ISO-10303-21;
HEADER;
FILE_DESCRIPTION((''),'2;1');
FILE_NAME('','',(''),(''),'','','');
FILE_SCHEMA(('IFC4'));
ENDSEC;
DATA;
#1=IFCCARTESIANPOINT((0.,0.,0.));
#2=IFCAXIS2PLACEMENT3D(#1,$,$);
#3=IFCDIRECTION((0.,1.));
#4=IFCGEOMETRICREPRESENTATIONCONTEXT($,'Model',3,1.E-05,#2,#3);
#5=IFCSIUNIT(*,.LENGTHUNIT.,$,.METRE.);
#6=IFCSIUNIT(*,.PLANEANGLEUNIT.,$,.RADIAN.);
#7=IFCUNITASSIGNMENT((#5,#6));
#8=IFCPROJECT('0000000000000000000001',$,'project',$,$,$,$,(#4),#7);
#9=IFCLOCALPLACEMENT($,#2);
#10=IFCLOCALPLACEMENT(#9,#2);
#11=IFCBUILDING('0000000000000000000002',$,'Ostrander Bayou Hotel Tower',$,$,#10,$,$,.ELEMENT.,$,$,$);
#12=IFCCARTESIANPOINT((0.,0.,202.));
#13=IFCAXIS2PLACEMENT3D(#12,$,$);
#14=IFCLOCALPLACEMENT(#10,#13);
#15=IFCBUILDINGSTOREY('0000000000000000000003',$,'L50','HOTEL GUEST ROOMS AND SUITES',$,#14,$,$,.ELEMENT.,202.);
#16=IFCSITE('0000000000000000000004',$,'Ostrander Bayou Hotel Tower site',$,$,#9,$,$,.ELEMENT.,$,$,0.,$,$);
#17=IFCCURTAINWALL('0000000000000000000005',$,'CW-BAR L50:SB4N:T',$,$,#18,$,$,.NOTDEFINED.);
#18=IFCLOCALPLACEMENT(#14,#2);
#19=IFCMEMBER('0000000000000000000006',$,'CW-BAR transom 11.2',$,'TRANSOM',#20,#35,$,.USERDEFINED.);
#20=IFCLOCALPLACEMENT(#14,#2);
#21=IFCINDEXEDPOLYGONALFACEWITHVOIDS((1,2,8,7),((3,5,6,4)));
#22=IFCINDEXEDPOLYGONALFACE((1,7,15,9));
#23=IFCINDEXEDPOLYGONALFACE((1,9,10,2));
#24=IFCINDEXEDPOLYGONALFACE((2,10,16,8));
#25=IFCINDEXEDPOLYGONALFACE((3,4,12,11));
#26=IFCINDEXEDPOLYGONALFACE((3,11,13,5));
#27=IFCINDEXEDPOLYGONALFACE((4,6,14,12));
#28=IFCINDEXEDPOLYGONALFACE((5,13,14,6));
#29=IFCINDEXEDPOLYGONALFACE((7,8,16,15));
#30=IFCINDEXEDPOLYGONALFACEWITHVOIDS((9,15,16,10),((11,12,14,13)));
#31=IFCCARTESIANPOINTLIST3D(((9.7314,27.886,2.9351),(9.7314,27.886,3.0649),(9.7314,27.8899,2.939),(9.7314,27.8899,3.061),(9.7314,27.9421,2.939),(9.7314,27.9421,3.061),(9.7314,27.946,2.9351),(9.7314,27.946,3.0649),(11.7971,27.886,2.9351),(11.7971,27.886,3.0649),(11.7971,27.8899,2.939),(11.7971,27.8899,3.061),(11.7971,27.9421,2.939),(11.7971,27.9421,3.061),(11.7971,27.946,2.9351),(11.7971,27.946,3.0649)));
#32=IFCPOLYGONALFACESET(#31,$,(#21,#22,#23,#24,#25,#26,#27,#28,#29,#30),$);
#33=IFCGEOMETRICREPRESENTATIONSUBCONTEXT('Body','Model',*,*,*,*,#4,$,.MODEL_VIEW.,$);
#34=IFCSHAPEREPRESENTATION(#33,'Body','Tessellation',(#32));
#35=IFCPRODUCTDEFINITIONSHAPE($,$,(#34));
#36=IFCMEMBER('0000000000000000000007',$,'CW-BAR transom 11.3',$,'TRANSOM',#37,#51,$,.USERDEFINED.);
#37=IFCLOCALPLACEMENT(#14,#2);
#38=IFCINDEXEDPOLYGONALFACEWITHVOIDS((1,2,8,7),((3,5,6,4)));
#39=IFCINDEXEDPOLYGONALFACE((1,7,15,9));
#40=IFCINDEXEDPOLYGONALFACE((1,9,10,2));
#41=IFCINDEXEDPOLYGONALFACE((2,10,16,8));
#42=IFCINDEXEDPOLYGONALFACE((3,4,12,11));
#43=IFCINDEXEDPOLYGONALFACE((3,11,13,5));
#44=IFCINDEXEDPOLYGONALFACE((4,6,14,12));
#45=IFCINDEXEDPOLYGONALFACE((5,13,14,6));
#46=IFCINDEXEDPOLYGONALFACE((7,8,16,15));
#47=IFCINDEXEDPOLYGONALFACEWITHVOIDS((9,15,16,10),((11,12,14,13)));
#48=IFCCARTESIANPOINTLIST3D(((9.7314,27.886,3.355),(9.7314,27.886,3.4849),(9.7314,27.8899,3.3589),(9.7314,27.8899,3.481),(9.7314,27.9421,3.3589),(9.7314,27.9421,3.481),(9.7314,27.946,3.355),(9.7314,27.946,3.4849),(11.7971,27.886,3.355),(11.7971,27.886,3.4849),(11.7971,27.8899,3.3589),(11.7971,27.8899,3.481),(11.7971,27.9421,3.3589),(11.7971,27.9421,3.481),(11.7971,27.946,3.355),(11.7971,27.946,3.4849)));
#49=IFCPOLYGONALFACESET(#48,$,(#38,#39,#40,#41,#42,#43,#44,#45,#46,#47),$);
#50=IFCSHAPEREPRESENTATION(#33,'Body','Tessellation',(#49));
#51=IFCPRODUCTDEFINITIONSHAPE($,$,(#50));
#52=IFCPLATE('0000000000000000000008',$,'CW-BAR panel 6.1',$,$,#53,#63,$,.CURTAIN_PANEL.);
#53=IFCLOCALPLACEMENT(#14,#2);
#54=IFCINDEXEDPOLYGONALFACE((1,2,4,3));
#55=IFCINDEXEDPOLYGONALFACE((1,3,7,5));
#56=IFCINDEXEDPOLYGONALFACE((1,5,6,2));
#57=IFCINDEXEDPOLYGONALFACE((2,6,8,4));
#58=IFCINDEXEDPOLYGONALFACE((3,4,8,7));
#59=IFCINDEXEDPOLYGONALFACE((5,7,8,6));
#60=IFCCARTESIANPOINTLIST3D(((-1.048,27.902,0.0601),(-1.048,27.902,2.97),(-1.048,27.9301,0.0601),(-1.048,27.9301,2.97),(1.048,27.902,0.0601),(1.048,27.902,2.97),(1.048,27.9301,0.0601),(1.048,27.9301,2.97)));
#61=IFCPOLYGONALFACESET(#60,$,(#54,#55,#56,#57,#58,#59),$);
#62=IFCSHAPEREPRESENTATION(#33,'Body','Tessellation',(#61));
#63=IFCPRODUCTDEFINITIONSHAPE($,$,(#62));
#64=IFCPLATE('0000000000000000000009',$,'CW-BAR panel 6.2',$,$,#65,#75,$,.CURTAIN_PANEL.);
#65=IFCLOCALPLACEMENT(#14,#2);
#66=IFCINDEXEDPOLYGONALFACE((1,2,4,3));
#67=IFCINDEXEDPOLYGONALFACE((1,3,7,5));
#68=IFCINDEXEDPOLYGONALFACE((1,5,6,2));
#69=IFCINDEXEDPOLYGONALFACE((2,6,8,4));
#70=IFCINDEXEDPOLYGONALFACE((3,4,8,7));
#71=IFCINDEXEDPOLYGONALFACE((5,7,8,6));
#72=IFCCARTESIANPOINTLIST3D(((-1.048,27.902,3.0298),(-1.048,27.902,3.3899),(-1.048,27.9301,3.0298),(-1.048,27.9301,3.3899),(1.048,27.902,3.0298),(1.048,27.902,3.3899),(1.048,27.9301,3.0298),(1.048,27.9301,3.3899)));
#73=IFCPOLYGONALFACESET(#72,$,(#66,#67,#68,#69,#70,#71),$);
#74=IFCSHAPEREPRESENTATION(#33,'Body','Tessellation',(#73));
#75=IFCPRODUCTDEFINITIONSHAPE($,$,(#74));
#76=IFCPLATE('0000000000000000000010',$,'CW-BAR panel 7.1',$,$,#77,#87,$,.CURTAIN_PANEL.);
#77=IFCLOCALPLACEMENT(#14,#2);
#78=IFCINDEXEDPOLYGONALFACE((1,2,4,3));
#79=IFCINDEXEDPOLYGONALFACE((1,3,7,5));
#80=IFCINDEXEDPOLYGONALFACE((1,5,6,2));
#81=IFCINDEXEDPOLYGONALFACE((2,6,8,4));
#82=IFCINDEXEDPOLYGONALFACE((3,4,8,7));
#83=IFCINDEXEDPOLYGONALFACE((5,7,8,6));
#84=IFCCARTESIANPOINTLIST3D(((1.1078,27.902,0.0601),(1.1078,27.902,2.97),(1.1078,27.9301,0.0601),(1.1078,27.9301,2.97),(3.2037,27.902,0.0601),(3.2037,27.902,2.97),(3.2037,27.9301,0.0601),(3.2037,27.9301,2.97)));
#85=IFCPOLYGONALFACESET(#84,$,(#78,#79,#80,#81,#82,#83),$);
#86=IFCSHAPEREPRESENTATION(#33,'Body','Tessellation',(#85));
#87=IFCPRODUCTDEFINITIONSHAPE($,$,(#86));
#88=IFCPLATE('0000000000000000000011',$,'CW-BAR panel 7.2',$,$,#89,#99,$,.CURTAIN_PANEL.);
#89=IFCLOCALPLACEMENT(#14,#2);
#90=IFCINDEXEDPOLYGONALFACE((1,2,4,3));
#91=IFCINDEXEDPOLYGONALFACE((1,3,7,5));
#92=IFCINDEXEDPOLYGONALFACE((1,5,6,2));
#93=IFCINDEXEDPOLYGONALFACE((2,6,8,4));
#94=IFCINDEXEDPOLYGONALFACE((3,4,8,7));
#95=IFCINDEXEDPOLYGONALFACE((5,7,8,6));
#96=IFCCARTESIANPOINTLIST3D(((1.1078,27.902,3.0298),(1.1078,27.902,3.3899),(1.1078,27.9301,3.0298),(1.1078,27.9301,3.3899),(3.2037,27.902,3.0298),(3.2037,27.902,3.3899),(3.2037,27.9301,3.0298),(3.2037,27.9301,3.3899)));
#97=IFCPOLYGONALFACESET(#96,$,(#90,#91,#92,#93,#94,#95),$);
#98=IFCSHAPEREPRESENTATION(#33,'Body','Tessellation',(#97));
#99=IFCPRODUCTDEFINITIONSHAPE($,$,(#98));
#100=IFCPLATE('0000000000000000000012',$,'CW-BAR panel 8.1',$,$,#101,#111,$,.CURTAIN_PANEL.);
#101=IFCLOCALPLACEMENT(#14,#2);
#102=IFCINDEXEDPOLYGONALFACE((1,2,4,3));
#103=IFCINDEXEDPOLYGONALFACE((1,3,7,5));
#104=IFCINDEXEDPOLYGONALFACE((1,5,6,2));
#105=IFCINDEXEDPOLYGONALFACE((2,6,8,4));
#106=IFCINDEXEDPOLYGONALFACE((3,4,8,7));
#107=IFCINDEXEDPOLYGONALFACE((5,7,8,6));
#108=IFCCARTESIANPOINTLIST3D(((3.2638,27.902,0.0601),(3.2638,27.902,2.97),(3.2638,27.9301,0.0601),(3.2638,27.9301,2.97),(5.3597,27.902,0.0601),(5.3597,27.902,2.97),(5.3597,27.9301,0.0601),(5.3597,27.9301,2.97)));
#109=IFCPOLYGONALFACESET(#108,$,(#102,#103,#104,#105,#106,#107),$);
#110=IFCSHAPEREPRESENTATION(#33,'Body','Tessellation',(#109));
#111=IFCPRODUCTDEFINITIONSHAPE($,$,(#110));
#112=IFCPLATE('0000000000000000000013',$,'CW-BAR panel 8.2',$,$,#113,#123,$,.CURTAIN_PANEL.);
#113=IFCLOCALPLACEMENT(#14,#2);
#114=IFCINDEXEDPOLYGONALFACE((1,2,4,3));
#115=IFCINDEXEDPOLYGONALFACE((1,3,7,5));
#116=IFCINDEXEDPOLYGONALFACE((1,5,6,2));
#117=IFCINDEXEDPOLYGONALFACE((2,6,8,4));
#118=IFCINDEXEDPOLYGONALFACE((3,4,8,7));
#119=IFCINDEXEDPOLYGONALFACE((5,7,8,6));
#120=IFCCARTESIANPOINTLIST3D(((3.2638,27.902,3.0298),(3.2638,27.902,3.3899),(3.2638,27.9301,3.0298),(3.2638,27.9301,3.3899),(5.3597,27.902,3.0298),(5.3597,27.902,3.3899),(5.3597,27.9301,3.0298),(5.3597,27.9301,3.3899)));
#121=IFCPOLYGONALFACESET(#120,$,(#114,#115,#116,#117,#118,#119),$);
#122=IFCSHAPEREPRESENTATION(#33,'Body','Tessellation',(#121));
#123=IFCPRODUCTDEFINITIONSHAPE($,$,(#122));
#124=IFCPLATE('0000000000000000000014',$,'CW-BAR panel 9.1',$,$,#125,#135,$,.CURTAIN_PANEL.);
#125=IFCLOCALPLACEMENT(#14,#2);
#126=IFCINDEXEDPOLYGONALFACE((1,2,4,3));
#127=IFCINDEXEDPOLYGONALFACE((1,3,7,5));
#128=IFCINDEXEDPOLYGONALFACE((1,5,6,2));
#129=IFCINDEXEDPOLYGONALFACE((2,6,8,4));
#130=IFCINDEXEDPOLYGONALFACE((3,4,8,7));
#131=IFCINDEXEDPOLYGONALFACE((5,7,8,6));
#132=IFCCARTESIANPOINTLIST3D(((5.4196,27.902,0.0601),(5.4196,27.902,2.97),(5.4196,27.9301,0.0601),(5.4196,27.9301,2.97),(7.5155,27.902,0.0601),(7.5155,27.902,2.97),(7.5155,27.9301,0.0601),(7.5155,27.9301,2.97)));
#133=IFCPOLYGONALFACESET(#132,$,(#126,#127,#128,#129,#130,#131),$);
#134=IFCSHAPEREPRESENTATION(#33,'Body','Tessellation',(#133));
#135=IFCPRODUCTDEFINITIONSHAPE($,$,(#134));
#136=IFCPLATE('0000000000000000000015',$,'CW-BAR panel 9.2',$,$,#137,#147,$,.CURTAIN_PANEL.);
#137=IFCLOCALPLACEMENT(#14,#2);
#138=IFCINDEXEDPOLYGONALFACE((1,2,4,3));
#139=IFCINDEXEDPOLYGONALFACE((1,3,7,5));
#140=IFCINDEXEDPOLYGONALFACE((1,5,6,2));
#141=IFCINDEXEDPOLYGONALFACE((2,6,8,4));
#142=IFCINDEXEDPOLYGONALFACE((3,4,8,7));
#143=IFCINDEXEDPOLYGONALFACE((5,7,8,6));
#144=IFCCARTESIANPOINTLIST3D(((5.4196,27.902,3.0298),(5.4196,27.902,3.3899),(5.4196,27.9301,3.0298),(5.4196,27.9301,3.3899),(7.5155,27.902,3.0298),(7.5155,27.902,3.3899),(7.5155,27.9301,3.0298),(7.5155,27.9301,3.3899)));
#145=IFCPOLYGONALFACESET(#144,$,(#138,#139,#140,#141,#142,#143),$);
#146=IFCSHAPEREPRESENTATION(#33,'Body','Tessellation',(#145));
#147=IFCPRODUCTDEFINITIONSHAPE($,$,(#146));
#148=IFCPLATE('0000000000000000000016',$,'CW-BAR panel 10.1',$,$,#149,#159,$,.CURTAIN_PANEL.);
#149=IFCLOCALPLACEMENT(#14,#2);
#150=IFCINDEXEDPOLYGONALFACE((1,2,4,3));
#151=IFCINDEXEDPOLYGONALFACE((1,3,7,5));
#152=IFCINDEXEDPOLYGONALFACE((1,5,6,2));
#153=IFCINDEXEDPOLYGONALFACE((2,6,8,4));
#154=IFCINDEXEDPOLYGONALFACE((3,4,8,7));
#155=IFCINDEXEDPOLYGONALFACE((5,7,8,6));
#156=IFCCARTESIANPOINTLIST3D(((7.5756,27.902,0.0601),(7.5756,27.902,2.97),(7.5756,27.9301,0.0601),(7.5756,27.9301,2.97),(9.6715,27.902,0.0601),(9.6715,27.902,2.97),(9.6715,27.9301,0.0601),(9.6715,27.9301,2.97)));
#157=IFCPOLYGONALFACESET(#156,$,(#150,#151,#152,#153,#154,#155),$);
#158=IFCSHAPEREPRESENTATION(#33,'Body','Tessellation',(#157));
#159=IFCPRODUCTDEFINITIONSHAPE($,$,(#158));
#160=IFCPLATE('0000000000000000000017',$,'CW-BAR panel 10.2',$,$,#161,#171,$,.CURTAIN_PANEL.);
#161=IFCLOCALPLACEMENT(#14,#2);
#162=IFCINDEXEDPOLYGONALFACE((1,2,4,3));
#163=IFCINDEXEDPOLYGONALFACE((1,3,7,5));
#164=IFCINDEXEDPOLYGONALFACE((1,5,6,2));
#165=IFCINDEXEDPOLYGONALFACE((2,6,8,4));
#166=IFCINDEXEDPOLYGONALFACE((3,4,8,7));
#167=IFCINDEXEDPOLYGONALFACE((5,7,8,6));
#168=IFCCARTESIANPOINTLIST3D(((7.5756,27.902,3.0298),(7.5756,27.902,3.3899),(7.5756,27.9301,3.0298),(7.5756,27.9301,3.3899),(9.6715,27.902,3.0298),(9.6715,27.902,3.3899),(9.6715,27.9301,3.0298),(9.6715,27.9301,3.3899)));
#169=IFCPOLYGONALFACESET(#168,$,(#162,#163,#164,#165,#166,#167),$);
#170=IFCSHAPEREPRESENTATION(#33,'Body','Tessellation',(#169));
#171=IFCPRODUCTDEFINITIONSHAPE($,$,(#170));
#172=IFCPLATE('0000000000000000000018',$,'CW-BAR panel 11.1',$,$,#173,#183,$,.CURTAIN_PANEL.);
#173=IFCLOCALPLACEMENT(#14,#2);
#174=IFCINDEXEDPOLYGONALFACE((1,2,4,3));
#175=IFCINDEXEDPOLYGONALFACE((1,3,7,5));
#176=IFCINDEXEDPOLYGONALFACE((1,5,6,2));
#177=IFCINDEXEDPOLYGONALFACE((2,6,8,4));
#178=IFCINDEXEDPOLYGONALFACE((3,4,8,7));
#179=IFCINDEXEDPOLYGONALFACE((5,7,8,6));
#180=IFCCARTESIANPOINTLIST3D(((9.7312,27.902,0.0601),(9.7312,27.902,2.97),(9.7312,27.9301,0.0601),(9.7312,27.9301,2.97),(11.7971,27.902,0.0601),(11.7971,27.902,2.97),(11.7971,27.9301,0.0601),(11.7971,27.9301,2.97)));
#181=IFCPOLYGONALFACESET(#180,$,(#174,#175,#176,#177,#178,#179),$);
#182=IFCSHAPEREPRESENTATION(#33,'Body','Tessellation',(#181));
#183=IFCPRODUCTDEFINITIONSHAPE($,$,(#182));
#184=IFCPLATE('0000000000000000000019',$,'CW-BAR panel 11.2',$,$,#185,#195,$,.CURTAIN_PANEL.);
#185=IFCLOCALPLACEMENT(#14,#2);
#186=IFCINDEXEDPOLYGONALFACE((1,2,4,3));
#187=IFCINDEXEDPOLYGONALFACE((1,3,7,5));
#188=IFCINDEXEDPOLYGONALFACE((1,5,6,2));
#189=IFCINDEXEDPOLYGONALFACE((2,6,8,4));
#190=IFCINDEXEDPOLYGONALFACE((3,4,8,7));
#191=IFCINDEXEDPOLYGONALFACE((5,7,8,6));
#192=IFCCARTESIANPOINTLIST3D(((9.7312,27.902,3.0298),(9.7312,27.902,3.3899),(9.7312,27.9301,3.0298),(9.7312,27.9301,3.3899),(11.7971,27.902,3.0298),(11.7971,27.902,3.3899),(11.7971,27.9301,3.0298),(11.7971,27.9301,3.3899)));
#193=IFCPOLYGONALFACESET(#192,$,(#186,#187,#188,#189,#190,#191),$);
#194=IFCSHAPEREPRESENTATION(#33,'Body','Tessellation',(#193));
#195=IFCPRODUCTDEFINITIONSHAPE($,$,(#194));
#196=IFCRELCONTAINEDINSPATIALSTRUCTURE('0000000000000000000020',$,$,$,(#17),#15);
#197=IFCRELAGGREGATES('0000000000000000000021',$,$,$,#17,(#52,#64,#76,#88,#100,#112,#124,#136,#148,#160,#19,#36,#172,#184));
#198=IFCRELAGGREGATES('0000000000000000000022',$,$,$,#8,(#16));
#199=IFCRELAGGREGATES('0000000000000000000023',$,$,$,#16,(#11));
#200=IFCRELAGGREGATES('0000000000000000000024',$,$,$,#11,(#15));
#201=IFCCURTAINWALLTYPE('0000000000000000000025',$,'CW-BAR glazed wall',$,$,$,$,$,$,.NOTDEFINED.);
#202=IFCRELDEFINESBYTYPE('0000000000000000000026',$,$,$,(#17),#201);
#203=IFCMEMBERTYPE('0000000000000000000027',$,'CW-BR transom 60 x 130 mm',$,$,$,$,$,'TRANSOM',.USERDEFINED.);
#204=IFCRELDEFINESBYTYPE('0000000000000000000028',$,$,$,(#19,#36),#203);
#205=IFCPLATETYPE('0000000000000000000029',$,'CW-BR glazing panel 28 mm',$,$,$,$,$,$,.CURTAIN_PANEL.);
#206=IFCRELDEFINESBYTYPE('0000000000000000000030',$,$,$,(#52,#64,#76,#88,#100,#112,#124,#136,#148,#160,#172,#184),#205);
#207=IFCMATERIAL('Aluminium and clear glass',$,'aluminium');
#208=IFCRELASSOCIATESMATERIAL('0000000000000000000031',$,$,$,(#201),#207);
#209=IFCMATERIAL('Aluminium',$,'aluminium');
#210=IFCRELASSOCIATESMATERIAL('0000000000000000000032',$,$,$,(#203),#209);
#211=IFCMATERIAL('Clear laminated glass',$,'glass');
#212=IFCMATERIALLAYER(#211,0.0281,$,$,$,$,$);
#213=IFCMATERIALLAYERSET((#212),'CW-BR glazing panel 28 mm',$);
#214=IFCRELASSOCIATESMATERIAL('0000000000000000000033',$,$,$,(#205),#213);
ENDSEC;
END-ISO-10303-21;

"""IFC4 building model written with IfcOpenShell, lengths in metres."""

from ifc_helpers import new_model, si_unit, direction, frame, origin, origin_2d, place, context, subcontext, project, spatial, rectangle, hollow_rectangle, extrude, material, layer, layer_set, material_profile, profile_set, type_object, element, aggregate, save


model = new_model("IFC4")

# Units and contexts
model_context = context("Model", 3, precision=1e-05, world=origin(), true_north=direction((0.0, 1.0)))
body_context = subcontext(model_context, "Body", "Model", "MODEL_VIEW")
ifc_project = project(units=[si_unit("LENGTHUNIT", "METRE"), si_unit("PLANEANGLEUNIT", "RADIAN")], contexts=[model_context])

# Site, building, storey
site_placement = place(None, origin())
site = spatial("IfcSite", under=ifc_project, at=site_placement, Name="Ostrander Bayou Hotel Tower site", CompositionType="ELEMENT", RefElevation=0.0)
building_placement = place(site_placement, origin())
building = spatial("IfcBuilding", under=site, at=building_placement, Name="Ostrander Bayou Hotel Tower", CompositionType="ELEMENT")
storey_placement = place(building_placement, frame((0.0, 0.0, 202.0)))
storey = spatial("IfcBuildingStorey", under=building, at=storey_placement, Name="L50", Description="HOTEL GUEST ROOMS AND SUITES", CompositionType="ELEMENT", Elevation=202.0)

# Curtain wall, members, plates
ifc_material_1 = material(Name="Aluminium and clear glass", Category="aluminium")
curtain_wall_type = type_object("IfcCurtainWallType", Name="CW-BAR glazed wall", PredefinedType="NOTDEFINED", material=ifc_material_1)
curtain_wall_placement = place(storey_placement, origin())
curtain_wall = element("IfcCurtainWall", 1, at=curtain_wall_placement, inside=storey, type_object=curtain_wall_type, Name="CW-BAR L50:SB4N:T", PredefinedType="NOTDEFINED")
ifc_material_2 = material(Name="Aluminium", Category="aluminium")
ifc_material_profile_1 = material_profile(ifc_material_2, hollow_rectangle(XDim=0.0601, YDim=0.1299, WallThickness=0.0039, at=origin_2d()))
ifc_profile_set_1 = profile_set([ifc_material_profile_1], Name="Aluminium")
member_type_1 = type_object("IfcMemberType", Name="CW-BR transom 60 x 130 mm", ElementType="TRANSOM", PredefinedType="USERDEFINED", material=ifc_profile_set_1)
member_1_placement = place(storey_placement, frame((9.7314, 27.916, 3.0), z_axis=(1.0, 0.0, 0.0), x_axis=(0.0, 1.0, 0.0)))
member_1 = element("IfcMember", 2, at=member_1_placement, type_object=member_type_1, Name="CW-BAR transom 11.2", ObjectType="TRANSOM", PredefinedType="USERDEFINED", context=body_context, shape_type="SweptSolid", body=[
    extrude(hollow_rectangle(XDim=0.0601, YDim=0.1299, WallThickness=0.0039, at=origin_2d()), origin(), (0.0, 0.0, 1.0), 2.0657),
])
member_2_placement = place(storey_placement, frame((9.7314, 27.916, 3.4199), z_axis=(1.0, 0.0, 0.0), x_axis=(0.0, 1.0, 0.0)))
member_2 = element("IfcMember", 3, at=member_2_placement, type_object=member_type_1, Name="CW-BAR transom 11.3", ObjectType="TRANSOM", PredefinedType="USERDEFINED", context=body_context, shape_type="SweptSolid", body=[
    extrude(hollow_rectangle(XDim=0.0601, YDim=0.1299, WallThickness=0.0039, at=origin_2d()), origin(), (0.0, 0.0, 1.0), 2.0657),
])
ifc_material_3 = material(Name="Clear laminated glass", Category="glass")
ifc_layer_1 = layer(ifc_material_3, 0.0281)
ifc_layer_set_1 = layer_set([ifc_layer_1], Name="CW-BR glazing panel 28 mm")
plate_type = type_object("IfcPlateType", Name="CW-BR glazing panel 28 mm", PredefinedType="CURTAIN_PANEL", material=ifc_layer_set_1)
plate_1_placement = place(storey_placement, frame((0.0, 27.916, 0.0601), z_axis=(0.0, 0.0, 1.0), x_axis=(1.0, 0.0, 0.0)))
plate_1 = element("IfcPlate", 4, at=plate_1_placement, type_object=plate_type, Name="CW-BAR panel 6.1", PredefinedType="CURTAIN_PANEL", context=body_context, shape_type="SweptSolid", body=[
    extrude(rectangle(XDim=2.0959, YDim=0.0281, at=origin_2d()), origin(), (0.0, 0.0, 1.0), 2.9099),
])
plate_2_placement = place(storey_placement, frame((0.0, 27.916, 3.0298), z_axis=(0.0, 0.0, 1.0), x_axis=(1.0, 0.0, 0.0)))
plate_2 = element("IfcPlate", 5, at=plate_2_placement, type_object=plate_type, Name="CW-BAR panel 6.2", PredefinedType="CURTAIN_PANEL", context=body_context, shape_type="SweptSolid", body=[
    extrude(rectangle(XDim=2.0959, YDim=0.0281, at=origin_2d()), origin(), (0.0, 0.0, 1.0), 0.3601),
])
plate_3_placement = place(storey_placement, frame((2.1558, 27.916, 0.0601), z_axis=(0.0, 0.0, 1.0), x_axis=(1.0, 0.0, 0.0)))
plate_3 = element("IfcPlate", 6, at=plate_3_placement, type_object=plate_type, Name="CW-BAR panel 7.1", PredefinedType="CURTAIN_PANEL", context=body_context, shape_type="SweptSolid", body=[
    extrude(rectangle(XDim=2.0959, YDim=0.0281, at=origin_2d()), origin(), (0.0, 0.0, 1.0), 2.9099),
])
plate_4_placement = place(storey_placement, frame((2.1558, 27.916, 3.0298), z_axis=(0.0, 0.0, 1.0), x_axis=(1.0, 0.0, 0.0)))
plate_4 = element("IfcPlate", 7, at=plate_4_placement, type_object=plate_type, Name="CW-BAR panel 7.2", PredefinedType="CURTAIN_PANEL", context=body_context, shape_type="SweptSolid", body=[
    extrude(rectangle(XDim=2.0959, YDim=0.0281, at=origin_2d()), origin(), (0.0, 0.0, 1.0), 0.3601),
])
plate_5_placement = place(storey_placement, frame((4.3118, 27.916, 0.0601), z_axis=(0.0, 0.0, 1.0), x_axis=(1.0, 0.0, 0.0)))
plate_5 = element("IfcPlate", 8, at=plate_5_placement, type_object=plate_type, Name="CW-BAR panel 8.1", PredefinedType="CURTAIN_PANEL", context=body_context, shape_type="SweptSolid", body=[
    extrude(rectangle(XDim=2.0959, YDim=0.0281, at=origin_2d()), origin(), (0.0, 0.0, 1.0), 2.9099),
])
plate_6_placement = place(storey_placement, frame((4.3118, 27.916, 3.0298), z_axis=(0.0, 0.0, 1.0), x_axis=(1.0, 0.0, 0.0)))
plate_6 = element("IfcPlate", 9, at=plate_6_placement, type_object=plate_type, Name="CW-BAR panel 8.2", PredefinedType="CURTAIN_PANEL", context=body_context, shape_type="SweptSolid", body=[
    extrude(rectangle(XDim=2.0959, YDim=0.0281, at=origin_2d()), origin(), (0.0, 0.0, 1.0), 0.3601),
])
plate_7_placement = place(storey_placement, frame((6.4675, 27.916, 0.0601), z_axis=(0.0, 0.0, 1.0), x_axis=(1.0, 0.0, 0.0)))
plate_7 = element("IfcPlate", 10, at=plate_7_placement, type_object=plate_type, Name="CW-BAR panel 9.1", PredefinedType="CURTAIN_PANEL", context=body_context, shape_type="SweptSolid", body=[
    extrude(rectangle(XDim=2.0959, YDim=0.0281, at=origin_2d()), origin(), (0.0, 0.0, 1.0), 2.9099),
])
plate_8_placement = place(storey_placement, frame((6.4675, 27.916, 3.0298), z_axis=(0.0, 0.0, 1.0), x_axis=(1.0, 0.0, 0.0)))
plate_8 = element("IfcPlate", 11, at=plate_8_placement, type_object=plate_type, Name="CW-BAR panel 9.2", PredefinedType="CURTAIN_PANEL", context=body_context, shape_type="SweptSolid", body=[
    extrude(rectangle(XDim=2.0959, YDim=0.0281, at=origin_2d()), origin(), (0.0, 0.0, 1.0), 0.3601),
])
plate_9_placement = place(storey_placement, frame((8.6235, 27.916, 0.0601), z_axis=(0.0, 0.0, 1.0), x_axis=(1.0, 0.0, 0.0)))
plate_9 = element("IfcPlate", 12, at=plate_9_placement, type_object=plate_type, Name="CW-BAR panel 10.1", PredefinedType="CURTAIN_PANEL", context=body_context, shape_type="SweptSolid", body=[
    extrude(rectangle(XDim=2.0959, YDim=0.0281, at=origin_2d()), origin(), (0.0, 0.0, 1.0), 2.9099),
])
plate_10_placement = place(storey_placement, frame((8.6235, 27.916, 3.0298), z_axis=(0.0, 0.0, 1.0), x_axis=(1.0, 0.0, 0.0)))
plate_10 = element("IfcPlate", 13, at=plate_10_placement, type_object=plate_type, Name="CW-BAR panel 10.2", PredefinedType="CURTAIN_PANEL", context=body_context, shape_type="SweptSolid", body=[
    extrude(rectangle(XDim=2.0959, YDim=0.0281, at=origin_2d()), origin(), (0.0, 0.0, 1.0), 0.3601),
])
plate_11_placement = place(storey_placement, frame((10.7642, 27.916, 0.0601), z_axis=(0.0, 0.0, 1.0), x_axis=(1.0, 0.0, 0.0)))
plate_11 = element("IfcPlate", 14, at=plate_11_placement, type_object=plate_type, Name="CW-BAR panel 11.1", PredefinedType="CURTAIN_PANEL", context=body_context, shape_type="SweptSolid", body=[
    extrude(rectangle(XDim=2.0659, YDim=0.0281, at=origin_2d()), origin(), (0.0, 0.0, 1.0), 2.9099),
])
plate_12_placement = place(storey_placement, frame((10.7642, 27.916, 3.0298), z_axis=(0.0, 0.0, 1.0), x_axis=(1.0, 0.0, 0.0)))
plate_12 = element("IfcPlate", 15, at=plate_12_placement, type_object=plate_type, Name="CW-BAR panel 11.2", PredefinedType="CURTAIN_PANEL", context=body_context, shape_type="SweptSolid", body=[
    extrude(rectangle(XDim=2.0659, YDim=0.0281, at=origin_2d()), origin(), (0.0, 0.0, 1.0), 0.3601),
])
aggregate(curtain_wall, [plate_1, plate_2, plate_3, plate_4, plate_5, plate_6, plate_7, plate_8, plate_9, plate_10, member_1, member_2, plate_11, plate_12])

save(model, "model.ifc")
